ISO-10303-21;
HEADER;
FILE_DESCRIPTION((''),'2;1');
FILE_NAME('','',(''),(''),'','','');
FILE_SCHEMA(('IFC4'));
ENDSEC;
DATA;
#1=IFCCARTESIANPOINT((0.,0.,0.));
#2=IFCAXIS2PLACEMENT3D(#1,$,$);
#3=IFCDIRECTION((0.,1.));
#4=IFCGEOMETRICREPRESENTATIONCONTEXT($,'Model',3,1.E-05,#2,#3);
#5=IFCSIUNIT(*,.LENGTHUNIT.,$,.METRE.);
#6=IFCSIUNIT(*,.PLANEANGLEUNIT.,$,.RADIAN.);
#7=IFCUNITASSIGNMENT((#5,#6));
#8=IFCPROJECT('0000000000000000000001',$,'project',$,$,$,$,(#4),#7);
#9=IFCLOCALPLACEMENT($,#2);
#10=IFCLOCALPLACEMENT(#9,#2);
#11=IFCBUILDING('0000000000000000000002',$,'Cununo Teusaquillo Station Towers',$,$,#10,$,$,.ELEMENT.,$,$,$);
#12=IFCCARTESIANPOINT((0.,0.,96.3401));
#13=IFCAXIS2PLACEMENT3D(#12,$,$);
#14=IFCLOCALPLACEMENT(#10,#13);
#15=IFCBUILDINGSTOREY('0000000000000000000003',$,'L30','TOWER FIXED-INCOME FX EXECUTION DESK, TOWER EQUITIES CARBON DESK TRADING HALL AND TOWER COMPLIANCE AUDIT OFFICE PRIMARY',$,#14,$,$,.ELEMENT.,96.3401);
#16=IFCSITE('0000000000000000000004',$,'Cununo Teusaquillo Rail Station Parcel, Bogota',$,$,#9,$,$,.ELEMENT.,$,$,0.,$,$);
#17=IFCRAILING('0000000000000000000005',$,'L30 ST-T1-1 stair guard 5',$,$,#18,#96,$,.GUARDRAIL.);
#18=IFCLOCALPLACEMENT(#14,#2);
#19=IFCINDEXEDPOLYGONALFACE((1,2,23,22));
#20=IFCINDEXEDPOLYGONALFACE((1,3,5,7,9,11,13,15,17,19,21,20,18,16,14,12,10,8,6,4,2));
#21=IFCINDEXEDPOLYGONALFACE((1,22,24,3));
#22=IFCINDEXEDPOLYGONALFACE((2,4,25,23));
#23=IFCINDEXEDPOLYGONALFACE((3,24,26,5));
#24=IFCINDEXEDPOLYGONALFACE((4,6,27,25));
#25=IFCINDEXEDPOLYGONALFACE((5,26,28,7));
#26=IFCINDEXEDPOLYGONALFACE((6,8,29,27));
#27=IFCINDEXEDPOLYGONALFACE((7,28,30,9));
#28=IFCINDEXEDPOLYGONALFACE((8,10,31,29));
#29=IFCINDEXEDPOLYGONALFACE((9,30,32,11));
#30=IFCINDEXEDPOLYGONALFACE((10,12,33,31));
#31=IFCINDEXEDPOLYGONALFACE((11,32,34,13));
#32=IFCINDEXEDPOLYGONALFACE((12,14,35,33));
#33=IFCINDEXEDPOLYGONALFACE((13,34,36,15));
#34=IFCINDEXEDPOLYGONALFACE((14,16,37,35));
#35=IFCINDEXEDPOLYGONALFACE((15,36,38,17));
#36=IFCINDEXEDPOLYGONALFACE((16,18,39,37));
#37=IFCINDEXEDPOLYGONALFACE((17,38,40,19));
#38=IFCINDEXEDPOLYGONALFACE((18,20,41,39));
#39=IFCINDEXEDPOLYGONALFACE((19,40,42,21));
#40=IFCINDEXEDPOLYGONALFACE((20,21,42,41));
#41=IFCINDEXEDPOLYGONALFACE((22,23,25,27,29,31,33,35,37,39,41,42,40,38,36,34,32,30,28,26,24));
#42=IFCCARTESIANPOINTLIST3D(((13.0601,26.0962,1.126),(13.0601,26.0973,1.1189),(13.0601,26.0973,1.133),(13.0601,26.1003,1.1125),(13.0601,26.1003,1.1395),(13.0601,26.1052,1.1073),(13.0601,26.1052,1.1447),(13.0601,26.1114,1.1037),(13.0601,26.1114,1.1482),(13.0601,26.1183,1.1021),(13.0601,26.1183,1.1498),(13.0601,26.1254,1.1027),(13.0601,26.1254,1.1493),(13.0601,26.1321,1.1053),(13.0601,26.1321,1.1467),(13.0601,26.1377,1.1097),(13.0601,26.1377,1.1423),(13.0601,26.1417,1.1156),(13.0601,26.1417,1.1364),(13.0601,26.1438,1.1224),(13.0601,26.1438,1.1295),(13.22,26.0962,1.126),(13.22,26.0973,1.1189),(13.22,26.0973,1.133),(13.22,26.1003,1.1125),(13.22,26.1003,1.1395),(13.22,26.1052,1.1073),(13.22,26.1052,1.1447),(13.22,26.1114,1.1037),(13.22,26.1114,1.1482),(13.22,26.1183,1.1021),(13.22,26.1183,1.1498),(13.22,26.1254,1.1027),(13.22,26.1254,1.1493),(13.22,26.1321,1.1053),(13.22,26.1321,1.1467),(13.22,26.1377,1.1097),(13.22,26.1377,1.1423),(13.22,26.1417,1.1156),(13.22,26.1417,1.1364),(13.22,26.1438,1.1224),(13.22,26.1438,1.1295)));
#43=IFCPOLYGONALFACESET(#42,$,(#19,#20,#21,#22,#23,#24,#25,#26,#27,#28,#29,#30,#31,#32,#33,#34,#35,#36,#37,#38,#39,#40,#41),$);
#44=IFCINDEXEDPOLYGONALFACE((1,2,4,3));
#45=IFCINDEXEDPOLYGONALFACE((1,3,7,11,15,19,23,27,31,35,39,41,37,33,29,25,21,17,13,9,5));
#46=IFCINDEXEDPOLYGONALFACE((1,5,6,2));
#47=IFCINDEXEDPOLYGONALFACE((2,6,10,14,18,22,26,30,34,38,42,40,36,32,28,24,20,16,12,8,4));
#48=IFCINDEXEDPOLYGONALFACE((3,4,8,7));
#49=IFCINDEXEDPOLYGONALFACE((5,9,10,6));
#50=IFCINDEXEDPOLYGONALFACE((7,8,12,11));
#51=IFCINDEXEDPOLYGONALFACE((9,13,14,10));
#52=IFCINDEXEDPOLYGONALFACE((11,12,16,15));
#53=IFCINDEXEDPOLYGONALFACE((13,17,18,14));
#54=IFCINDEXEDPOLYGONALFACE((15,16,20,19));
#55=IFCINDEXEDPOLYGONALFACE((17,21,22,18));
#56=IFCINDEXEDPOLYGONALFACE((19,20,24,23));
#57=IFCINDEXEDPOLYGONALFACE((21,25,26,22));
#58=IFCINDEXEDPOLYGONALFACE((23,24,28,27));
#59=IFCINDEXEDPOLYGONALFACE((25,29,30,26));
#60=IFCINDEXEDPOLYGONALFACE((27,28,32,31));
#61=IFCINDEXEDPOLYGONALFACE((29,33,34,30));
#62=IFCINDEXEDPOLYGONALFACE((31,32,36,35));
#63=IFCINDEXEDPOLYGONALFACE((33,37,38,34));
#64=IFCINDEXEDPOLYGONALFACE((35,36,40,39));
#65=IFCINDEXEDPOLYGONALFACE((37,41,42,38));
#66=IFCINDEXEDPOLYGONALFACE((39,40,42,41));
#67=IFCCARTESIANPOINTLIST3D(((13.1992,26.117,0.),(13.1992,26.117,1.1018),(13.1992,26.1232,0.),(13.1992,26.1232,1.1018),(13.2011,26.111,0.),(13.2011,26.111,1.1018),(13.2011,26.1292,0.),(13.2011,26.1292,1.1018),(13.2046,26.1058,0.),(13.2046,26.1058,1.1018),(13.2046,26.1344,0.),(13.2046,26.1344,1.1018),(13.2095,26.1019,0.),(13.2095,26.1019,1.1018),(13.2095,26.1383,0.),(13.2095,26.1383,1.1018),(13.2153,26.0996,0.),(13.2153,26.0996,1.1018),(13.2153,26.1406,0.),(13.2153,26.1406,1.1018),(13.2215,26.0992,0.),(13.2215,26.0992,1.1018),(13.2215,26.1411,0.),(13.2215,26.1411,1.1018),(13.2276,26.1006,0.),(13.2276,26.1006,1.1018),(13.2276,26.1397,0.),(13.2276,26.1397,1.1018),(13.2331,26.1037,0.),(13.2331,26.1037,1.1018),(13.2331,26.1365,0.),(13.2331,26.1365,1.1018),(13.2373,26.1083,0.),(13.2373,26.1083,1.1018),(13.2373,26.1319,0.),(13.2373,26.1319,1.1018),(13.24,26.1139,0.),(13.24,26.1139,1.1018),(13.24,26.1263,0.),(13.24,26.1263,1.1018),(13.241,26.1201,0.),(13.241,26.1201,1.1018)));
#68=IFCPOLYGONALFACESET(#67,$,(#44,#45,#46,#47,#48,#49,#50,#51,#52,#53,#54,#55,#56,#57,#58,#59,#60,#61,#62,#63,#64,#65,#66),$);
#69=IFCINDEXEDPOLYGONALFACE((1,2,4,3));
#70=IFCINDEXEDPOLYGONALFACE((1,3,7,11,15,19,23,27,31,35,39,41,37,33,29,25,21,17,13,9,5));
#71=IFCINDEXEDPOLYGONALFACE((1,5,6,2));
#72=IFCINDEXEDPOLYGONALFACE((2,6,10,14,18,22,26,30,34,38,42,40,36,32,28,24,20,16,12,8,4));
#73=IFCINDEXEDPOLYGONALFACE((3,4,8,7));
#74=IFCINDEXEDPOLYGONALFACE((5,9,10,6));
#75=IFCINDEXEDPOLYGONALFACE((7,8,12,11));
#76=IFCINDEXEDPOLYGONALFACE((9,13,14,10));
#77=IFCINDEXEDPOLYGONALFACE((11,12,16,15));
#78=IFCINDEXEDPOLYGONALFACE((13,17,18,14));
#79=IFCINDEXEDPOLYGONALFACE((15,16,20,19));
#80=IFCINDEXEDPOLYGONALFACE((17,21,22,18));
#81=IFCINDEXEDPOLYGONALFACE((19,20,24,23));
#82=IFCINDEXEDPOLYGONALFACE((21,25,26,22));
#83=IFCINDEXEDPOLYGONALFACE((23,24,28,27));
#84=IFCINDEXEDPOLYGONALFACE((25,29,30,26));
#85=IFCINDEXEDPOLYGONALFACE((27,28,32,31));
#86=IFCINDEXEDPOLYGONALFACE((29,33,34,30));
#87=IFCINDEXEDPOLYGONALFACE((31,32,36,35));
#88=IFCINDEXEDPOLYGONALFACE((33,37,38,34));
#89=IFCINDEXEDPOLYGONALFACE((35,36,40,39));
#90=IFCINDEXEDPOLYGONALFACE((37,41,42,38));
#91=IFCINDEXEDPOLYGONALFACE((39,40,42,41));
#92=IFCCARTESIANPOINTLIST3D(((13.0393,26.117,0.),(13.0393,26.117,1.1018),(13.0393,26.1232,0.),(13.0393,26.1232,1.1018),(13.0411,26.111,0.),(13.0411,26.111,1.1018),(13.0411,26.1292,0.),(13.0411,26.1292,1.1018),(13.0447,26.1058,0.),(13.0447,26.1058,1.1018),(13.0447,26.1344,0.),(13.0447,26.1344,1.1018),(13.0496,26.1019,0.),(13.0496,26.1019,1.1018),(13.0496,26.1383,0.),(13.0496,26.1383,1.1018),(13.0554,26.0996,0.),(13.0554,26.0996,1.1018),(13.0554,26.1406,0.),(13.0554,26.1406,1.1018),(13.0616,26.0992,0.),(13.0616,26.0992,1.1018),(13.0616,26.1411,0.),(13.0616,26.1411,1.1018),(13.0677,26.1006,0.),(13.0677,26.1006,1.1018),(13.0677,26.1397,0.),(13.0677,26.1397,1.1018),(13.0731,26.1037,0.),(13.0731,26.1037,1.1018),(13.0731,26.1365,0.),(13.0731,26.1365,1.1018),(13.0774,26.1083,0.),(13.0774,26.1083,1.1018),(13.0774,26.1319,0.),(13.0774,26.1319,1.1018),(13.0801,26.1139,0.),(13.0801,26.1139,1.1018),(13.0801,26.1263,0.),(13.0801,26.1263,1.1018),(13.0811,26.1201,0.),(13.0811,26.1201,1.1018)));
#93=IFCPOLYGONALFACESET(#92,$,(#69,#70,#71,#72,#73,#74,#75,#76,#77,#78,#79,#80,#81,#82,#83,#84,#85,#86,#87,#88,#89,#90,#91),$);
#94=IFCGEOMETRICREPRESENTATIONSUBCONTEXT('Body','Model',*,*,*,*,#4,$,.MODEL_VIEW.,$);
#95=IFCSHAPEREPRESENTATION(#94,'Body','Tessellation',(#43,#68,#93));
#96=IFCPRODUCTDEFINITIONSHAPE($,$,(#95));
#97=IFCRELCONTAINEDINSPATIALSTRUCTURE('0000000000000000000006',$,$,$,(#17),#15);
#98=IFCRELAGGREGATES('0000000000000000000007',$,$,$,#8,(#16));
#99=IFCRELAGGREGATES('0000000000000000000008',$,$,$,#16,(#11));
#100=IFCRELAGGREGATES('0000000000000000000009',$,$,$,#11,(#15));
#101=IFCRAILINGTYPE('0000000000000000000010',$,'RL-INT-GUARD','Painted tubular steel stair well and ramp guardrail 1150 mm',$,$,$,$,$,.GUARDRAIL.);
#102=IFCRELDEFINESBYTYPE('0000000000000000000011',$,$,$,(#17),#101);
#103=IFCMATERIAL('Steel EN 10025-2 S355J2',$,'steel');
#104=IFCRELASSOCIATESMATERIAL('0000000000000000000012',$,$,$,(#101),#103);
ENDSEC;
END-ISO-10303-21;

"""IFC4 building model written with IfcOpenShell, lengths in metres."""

from ifc_helpers import new_model, si_unit, direction, frame, origin, origin_2d, place, context, subcontext, project, spatial, circle, extrude, material, type_object, element, save


model = new_model("IFC4")

# Units and contexts
model_context = context("Model", 3, precision=1e-05, world=origin(), true_north=direction((0.0, 1.0)))
body_context = subcontext(model_context, "Body", "Model", "MODEL_VIEW")
ifc_project = project(units=[si_unit("LENGTHUNIT", "METRE"), si_unit("PLANEANGLEUNIT", "RADIAN")], contexts=[model_context])

# Site, building, storey
site_placement = place(None, origin())
site = spatial("IfcSite", under=ifc_project, at=site_placement, Name="Cununo Teusaquillo Rail Station Parcel, Bogota", CompositionType="ELEMENT", RefElevation=0.0)
building_placement = place(site_placement, origin())
building = spatial("IfcBuilding", under=site, at=building_placement, Name="Cununo Teusaquillo Station Towers", CompositionType="ELEMENT")
storey_placement = place(building_placement, frame((0.0, 0.0, 96.3401)))
storey = spatial("IfcBuildingStorey", under=building, at=storey_placement, Name="L30", Description="TOWER FIXED-INCOME FX EXECUTION DESK, TOWER EQUITIES CARBON DESK TRADING HALL AND TOWER COMPLIANCE AUDIT OFFICE PRIMARY", CompositionType="ELEMENT", Elevation=96.3401)

# Railing
ifc_material_1 = material(Name="Steel EN 10025-2 S355J2", Category="steel")
railing_type_1 = type_object("IfcRailingType", Name="RL-INT-GUARD", Description="Painted tubular steel stair well and ramp guardrail 1150 mm", PredefinedType="GUARDRAIL", material=ifc_material_1)
railing_1_placement = place(storey_placement, frame((13.22, 26.1201, 0.0)))
element("IfcRailing", 1, at=railing_1_placement, inside=storey, type_object=railing_type_1, Name="L30 ST-T1-1 stair guard 5", PredefinedType="GUARDRAIL", context=body_context, shape_type="SweptSolid", body=[
    extrude(circle(Radius=0.0239, at=origin_2d()), frame((0.0, 0.0, 1.126), z_axis=(-1.0, 0.0, 0.0), x_axis=(0.0, -1.0, 0.0)), (0.0, 0.0, 1.0), 0.1599),
    extrude(circle(Radius=0.021, at=origin_2d()), origin(), (0.0, 0.0, 1.0), 1.1018),
    extrude(circle(Radius=0.021, at=origin_2d()), frame((-0.1599, 0.0, 0.0)), (0.0, 0.0, 1.0), 1.1018),
])

save(model, "model.ifc")
